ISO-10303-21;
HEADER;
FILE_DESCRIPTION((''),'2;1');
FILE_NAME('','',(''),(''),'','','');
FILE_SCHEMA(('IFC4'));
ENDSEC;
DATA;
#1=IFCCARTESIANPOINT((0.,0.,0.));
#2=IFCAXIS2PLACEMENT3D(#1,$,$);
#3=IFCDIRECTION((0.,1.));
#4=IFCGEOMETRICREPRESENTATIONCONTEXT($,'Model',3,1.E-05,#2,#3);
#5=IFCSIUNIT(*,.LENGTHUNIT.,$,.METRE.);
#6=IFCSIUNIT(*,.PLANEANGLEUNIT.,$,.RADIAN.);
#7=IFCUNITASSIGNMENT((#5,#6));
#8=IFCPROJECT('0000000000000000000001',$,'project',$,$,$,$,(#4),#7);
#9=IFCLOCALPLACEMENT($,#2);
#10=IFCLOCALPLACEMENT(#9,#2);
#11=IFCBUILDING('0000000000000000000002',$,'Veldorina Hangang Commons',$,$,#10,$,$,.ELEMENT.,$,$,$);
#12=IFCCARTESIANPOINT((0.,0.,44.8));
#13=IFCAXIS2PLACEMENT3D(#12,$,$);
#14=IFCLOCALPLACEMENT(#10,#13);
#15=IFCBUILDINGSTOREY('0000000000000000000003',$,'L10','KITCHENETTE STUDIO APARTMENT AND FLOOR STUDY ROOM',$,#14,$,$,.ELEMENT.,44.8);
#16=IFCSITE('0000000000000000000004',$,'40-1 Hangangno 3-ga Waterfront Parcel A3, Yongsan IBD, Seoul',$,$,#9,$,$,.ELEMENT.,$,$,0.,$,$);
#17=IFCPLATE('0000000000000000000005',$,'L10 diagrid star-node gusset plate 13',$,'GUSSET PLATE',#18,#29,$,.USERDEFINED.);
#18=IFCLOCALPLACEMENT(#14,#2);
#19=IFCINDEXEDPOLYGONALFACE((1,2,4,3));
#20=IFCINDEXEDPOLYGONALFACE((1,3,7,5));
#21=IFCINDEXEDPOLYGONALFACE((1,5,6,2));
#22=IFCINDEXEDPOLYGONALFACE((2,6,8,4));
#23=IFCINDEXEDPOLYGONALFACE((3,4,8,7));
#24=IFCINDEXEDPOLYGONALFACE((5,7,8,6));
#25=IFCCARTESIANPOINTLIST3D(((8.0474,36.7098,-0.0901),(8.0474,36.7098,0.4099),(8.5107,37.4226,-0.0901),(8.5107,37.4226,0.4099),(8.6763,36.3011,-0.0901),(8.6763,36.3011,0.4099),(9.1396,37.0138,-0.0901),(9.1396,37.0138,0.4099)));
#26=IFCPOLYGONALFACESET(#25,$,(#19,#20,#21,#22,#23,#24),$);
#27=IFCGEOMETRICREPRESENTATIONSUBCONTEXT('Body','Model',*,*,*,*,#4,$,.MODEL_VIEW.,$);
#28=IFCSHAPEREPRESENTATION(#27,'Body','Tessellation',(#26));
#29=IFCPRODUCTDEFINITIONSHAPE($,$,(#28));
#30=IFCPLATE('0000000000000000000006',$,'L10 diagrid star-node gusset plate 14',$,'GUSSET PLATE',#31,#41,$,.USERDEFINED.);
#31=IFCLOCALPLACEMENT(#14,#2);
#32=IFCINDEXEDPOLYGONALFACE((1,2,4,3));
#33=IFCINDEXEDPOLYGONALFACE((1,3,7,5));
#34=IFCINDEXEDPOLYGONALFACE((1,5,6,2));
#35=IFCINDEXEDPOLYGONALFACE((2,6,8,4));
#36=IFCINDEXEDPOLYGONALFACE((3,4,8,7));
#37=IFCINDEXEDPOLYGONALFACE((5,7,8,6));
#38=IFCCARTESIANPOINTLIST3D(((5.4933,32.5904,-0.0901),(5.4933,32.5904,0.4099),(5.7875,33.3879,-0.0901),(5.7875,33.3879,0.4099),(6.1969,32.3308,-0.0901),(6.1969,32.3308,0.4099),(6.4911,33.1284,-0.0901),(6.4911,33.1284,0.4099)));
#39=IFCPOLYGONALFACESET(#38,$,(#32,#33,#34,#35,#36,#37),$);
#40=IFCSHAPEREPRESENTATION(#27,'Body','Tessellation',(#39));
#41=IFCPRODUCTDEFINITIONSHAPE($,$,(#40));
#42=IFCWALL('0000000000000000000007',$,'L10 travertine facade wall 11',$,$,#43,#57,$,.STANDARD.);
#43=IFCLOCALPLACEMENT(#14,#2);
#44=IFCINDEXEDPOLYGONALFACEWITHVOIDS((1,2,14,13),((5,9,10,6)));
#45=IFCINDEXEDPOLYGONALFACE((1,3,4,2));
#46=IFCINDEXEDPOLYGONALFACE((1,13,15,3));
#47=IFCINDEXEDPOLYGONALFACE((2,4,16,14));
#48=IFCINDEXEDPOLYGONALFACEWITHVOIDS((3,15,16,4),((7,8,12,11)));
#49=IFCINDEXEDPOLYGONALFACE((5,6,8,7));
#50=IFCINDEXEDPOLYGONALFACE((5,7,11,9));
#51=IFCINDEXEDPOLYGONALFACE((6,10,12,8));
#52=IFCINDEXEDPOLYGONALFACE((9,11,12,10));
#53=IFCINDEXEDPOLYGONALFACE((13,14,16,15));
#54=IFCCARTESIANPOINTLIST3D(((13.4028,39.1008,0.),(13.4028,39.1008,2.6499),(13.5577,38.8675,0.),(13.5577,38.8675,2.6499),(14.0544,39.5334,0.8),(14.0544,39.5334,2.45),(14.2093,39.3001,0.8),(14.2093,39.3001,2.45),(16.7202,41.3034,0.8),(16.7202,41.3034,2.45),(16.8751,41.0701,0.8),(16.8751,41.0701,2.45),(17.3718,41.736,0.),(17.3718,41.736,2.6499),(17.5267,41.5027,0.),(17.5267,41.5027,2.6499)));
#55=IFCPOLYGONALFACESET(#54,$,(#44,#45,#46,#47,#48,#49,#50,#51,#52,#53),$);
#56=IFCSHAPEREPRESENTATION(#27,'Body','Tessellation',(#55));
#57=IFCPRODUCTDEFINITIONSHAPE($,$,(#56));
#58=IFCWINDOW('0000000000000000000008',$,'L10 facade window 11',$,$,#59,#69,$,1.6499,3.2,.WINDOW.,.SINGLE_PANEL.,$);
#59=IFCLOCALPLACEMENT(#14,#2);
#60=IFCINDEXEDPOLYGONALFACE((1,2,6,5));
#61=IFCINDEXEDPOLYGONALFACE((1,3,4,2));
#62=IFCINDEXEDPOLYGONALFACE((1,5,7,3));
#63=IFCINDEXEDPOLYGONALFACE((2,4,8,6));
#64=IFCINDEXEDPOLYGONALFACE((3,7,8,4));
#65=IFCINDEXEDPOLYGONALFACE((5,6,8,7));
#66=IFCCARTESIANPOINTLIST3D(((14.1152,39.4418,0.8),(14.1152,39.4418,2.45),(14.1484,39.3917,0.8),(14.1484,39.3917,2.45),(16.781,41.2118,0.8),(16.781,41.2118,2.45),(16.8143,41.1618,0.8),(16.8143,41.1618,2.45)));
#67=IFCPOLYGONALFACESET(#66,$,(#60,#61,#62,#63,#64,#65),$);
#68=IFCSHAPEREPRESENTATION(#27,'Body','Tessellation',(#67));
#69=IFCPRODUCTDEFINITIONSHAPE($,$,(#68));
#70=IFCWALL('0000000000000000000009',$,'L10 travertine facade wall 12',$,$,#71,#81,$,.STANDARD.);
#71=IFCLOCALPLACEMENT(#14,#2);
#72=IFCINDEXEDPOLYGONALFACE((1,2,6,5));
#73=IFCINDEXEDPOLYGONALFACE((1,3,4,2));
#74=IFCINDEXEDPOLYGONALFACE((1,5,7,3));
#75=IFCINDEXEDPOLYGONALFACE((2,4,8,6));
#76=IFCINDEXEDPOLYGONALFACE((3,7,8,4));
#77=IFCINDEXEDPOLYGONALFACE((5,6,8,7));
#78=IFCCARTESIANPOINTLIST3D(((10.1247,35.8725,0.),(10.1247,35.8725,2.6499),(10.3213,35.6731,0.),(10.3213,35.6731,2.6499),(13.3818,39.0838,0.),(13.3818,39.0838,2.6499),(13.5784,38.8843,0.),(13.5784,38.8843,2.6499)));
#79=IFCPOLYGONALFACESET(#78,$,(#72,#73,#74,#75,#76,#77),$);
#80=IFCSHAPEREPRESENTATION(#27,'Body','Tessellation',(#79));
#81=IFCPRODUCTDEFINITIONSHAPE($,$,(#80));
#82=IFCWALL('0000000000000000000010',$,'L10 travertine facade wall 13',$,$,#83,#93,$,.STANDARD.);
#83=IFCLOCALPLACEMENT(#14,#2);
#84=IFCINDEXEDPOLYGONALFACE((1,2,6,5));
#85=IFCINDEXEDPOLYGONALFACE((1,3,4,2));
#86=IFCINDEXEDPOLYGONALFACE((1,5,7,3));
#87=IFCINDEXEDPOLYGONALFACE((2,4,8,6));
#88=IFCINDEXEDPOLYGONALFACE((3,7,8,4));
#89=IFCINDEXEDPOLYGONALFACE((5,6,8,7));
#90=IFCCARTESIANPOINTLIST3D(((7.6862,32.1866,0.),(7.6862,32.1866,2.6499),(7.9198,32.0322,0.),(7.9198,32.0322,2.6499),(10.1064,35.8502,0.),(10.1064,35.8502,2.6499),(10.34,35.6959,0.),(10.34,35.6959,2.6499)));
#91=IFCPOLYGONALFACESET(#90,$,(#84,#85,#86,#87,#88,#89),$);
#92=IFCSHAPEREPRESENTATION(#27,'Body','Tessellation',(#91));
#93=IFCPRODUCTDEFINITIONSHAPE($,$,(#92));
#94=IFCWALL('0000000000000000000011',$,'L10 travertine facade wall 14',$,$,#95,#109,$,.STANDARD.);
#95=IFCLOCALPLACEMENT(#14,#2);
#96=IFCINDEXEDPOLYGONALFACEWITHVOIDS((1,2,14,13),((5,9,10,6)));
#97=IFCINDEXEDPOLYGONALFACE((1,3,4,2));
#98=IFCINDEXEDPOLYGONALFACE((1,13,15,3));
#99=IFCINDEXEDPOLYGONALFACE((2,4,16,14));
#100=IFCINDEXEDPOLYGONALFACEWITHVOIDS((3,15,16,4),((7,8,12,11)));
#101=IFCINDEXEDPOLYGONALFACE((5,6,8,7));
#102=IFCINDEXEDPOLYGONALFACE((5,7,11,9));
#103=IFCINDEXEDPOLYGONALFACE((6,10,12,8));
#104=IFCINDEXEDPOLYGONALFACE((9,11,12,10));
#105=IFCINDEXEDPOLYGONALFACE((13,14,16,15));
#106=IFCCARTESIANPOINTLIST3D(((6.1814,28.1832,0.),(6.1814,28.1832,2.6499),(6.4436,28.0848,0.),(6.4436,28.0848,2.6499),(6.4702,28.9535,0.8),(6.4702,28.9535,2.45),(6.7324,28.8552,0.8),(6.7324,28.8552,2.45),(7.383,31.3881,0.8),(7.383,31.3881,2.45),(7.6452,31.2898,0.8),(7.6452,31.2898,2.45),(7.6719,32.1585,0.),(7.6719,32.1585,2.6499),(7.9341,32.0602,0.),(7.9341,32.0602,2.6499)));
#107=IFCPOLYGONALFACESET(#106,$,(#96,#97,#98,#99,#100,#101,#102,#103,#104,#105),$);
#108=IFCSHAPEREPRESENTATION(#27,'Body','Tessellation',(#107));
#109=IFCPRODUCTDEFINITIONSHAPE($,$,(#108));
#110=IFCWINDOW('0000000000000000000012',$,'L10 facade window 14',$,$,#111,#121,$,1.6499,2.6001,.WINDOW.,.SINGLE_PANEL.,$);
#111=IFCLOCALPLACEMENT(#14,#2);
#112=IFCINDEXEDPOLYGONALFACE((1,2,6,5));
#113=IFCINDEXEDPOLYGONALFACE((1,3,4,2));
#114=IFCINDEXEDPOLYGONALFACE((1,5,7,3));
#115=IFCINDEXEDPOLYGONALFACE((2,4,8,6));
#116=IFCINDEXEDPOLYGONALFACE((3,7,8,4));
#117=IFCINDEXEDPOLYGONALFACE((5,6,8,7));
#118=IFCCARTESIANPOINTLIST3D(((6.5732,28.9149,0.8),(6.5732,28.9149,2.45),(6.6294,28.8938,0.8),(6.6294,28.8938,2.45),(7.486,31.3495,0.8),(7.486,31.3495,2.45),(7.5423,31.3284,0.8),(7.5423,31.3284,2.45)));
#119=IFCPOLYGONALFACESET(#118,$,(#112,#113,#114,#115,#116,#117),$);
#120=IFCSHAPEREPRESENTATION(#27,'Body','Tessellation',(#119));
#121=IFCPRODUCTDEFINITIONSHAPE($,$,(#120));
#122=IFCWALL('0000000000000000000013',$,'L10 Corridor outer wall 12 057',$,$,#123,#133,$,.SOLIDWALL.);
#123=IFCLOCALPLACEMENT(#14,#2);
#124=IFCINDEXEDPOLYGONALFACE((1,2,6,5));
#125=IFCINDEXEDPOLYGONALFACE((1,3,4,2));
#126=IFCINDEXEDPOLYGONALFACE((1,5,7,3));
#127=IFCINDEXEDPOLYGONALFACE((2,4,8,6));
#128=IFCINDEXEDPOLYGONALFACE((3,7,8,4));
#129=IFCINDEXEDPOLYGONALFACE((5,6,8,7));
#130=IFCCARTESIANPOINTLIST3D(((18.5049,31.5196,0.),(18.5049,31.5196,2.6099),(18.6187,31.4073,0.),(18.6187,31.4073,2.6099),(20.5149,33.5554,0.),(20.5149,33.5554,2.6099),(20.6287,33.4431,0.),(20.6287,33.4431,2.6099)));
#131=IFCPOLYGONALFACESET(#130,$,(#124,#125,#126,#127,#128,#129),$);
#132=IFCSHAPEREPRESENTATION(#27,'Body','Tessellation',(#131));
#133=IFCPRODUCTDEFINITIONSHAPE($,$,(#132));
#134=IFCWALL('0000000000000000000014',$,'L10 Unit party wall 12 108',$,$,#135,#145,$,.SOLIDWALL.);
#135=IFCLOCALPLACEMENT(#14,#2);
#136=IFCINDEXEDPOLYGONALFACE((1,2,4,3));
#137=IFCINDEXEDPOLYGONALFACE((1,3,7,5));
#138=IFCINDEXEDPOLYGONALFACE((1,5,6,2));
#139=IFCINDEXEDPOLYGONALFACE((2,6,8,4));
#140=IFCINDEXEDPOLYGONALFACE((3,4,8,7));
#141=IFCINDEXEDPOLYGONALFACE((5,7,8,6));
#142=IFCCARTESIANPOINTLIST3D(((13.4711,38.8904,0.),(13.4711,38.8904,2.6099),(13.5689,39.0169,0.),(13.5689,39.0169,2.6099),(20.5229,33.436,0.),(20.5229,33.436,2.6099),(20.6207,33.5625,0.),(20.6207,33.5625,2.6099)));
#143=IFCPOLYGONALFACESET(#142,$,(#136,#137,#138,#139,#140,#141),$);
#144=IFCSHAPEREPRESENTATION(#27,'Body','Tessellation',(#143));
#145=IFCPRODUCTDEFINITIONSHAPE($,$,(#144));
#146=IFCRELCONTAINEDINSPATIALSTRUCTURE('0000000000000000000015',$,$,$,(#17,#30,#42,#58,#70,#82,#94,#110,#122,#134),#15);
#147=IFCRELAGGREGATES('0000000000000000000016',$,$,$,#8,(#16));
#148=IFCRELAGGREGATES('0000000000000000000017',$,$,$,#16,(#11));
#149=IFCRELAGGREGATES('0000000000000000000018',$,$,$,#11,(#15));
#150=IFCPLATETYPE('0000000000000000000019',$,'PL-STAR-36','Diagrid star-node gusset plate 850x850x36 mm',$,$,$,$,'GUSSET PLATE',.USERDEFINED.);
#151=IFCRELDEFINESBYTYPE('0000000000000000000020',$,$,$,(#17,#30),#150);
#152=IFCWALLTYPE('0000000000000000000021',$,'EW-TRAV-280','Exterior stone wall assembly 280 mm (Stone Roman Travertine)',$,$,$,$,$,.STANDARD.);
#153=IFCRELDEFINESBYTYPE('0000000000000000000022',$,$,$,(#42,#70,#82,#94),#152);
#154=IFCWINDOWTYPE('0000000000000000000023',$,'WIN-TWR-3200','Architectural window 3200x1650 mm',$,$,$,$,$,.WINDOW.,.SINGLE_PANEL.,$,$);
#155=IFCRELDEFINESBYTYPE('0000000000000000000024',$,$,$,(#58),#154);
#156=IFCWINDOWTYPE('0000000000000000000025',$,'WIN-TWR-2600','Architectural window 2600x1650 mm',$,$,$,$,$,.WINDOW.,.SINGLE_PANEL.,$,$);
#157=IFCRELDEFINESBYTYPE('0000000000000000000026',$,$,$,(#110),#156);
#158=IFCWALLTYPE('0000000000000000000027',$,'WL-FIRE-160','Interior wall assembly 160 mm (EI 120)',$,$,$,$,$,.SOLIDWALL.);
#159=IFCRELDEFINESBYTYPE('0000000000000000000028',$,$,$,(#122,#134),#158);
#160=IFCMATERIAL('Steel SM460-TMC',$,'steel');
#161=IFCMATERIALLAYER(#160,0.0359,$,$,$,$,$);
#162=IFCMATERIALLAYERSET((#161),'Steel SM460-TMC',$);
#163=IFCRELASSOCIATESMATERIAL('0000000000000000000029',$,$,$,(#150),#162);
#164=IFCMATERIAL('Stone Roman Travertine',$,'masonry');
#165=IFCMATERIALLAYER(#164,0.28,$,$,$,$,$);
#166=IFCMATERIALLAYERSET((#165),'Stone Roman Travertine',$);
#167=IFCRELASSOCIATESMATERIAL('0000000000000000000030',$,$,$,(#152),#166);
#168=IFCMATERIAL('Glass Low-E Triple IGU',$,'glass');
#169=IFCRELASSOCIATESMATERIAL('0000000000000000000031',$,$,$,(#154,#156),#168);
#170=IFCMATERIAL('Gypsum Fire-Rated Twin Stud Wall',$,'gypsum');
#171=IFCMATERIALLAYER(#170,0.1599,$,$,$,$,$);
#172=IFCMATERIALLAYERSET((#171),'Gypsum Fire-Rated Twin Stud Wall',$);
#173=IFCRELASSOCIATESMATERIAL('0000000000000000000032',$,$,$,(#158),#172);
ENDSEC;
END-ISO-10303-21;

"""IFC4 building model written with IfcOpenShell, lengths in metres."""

from ifc_helpers import new_model, si_unit, direction, frame, frame_2d, origin, origin_2d, place, context, subcontext, project, spatial, rectangle, extrude, material, layer, layer_set, type_object, element, fill, save


model = new_model("IFC4")

# Units and contexts
model_context = context("Model", 3, precision=1e-05, world=origin(), true_north=direction((0.0, 1.0)))
body_context = subcontext(model_context, "Body", "Model", "MODEL_VIEW")
ifc_project = project(units=[si_unit("LENGTHUNIT", "METRE"), si_unit("PLANEANGLEUNIT", "RADIAN")], contexts=[model_context])

# Site, building, storey
site_placement = place(None, origin())
site = spatial("IfcSite", under=ifc_project, at=site_placement, Name="40-1 Hangangno 3-ga Waterfront Parcel A3, Yongsan IBD, Seoul", CompositionType="ELEMENT", RefElevation=0.0)
building_placement = place(site_placement, origin())
building = spatial("IfcBuilding", under=site, at=building_placement, Name="Veldorina Hangang Commons", CompositionType="ELEMENT")
storey_placement = place(building_placement, frame((0.0, 0.0, 44.8)))
storey = spatial("IfcBuildingStorey", under=building, at=storey_placement, Name="L10", Description="KITCHENETTE STUDIO APARTMENT AND FLOOR STUDY ROOM", CompositionType="ELEMENT", Elevation=44.8)

# Shared definitions
ifc_material_1 = material(Name="Steel SM460-TMC", Category="steel")

# Plates
ifc_layer_1 = layer(ifc_material_1, 0.0359)
ifc_layer_set_1 = layer_set([ifc_layer_1], Name="Steel SM460-TMC")
plate_type = type_object("IfcPlateType", Name="PL-STAR-36", Description="Diagrid star-node gusset plate 850x850x36 mm", ElementType="GUSSET PLATE", PredefinedType="USERDEFINED", material=ifc_layer_set_1)
for number, where, z_axis, x_axis, name in (
    (1, (8.5935, 36.8618, -0.0901), (0.0, 0.0, 1.0), (-0.544961, -0.838461, 0.0), "L10 diagrid star-node gusset plate 13"),
    (2, (5.9922, 32.8594, -0.0901), (0.0, 0.0, 1.0), (-0.346084, -0.938203, 0.0), "L10 diagrid star-node gusset plate 14"),
):
    element("IfcPlate", number, at=place(storey_placement, frame(where, z_axis=z_axis, x_axis=x_axis)), inside=storey, type_object=plate_type, Name=name, ObjectType="GUSSET PLATE", PredefinedType="USERDEFINED", context=body_context, shape_type="SweptSolid", body=[
        extrude(rectangle(XDim=0.8501, YDim=0.75, at=origin_2d()), origin(), (0.0, 0.0, 1.0), 0.5),
    ])

# Wall, opening, window
ifc_material_2 = material(Name="Stone Roman Travertine", Category="masonry")
ifc_layer_2 = layer(ifc_material_2, 0.28)
ifc_layer_set_2 = layer_set([ifc_layer_2], Name="Stone Roman Travertine")
wall_type_1 = type_object("IfcWallType", Name="EW-TRAV-280", Description="Exterior stone wall assembly 280 mm (Stone Roman Travertine)", PredefinedType="STANDARD", material=ifc_layer_set_2)
wall_1_placement = place(storey_placement, frame((17.4492, 41.6194, 0.0), z_axis=(0.0, 0.0, 1.0), x_axis=(-0.833089, -0.553138, 0.0)))
wall_1 = element("IfcWall", 3, at=wall_1_placement, inside=storey, type_object=wall_type_1, Name="L10 travertine facade wall 11", PredefinedType="STANDARD", context=body_context, shape_type="SweptSolid", body=[
    extrude(rectangle(XDim=4.7642, YDim=0.28, at=frame_2d((2.3821, 0.0))), origin(), (0.0, 0.0, 1.0), 2.6499),
])
opening_1_placement = place(wall_1_placement, frame((0.782, 0.0, 0.8)))
opening_1 = element("IfcOpeningElement", 4, at=opening_1_placement, cuts=wall_1, PredefinedType="OPENING", context=body_context, shape_type="SweptSolid", body=[
    extrude(rectangle(XDim=3.2, YDim=1.6499, at=frame_2d((1.6001, 0.825))), frame((0.0, 0.1499, 0.0), z_axis=(0.0, -1.0, 0.0), x_axis=(1.0, 0.0, 0.0)), (0.0, 0.0, 1.0), 0.3),
])
ifc_material_3 = material(Name="Glass Low-E Triple IGU", Category="glass")
window_type_1 = type_object("IfcWindowType", Name="WIN-TWR-3200", Description="Architectural window 3200x1650 mm", PartitioningType="SINGLE_PANEL", PredefinedType="WINDOW", material=ifc_material_3)
window_1_placement = place(opening_1_placement, origin())
window_1 = element("IfcWindow", 5, at=window_1_placement, inside=storey, type_object=window_type_1, Name="L10 facade window 11", OverallHeight=1.6499, OverallWidth=3.2, PartitioningType="SINGLE_PANEL", PredefinedType="WINDOW", context=body_context, shape_type="SweptSolid", body=[
    extrude(rectangle(XDim=3.2, YDim=1.6499, at=frame_2d((1.6001, 0.825))), frame((0.0, 0.03, 0.0), z_axis=(0.0, -1.0, 0.0), x_axis=(1.0, 0.0, 0.0)), (0.0, 0.0, 1.0), 0.0601),
])
fill(opening_1, window_1)

# Walls
wall_2_placement = place(storey_placement, frame((13.4802, 38.9841, 0.0), z_axis=(0.0, 0.0, 1.0), x_axis=(-0.712106, -0.702072, 0.0)))
element("IfcWall", 6, at=wall_2_placement, inside=storey, type_object=wall_type_1, Name="L10 travertine facade wall 12", PredefinedType="STANDARD", context=body_context, shape_type="SweptSolid", body=[
    extrude(rectangle(XDim=4.574, YDim=0.28, at=frame_2d((2.2871, 0.0))), origin(), (0.0, 0.0, 1.0), 2.6499),
])
wall_3_placement = place(storey_placement, frame((10.2231, 35.7729, 0.0), z_axis=(0.0, 0.0, 1.0), x_axis=(-0.551192, -0.834378, 0.0)))
element("IfcWall", 7, at=wall_3_placement, inside=storey, type_object=wall_type_1, Name="L10 travertine facade wall 13", PredefinedType="STANDARD", context=body_context, shape_type="SweptSolid", body=[
    extrude(rectangle(XDim=4.3909, YDim=0.28, at=frame_2d((2.1953, 0.0))), origin(), (0.0, 0.0, 1.0), 2.6499),
])

# Wall, opening, window
wall_4_placement = place(storey_placement, frame((7.803, 32.1094, 0.0), z_axis=(0.0, 0.0, 1.0), x_axis=(-0.351067, -0.93635, 0.0)))
wall_4 = element("IfcWall", 8, at=wall_4_placement, inside=storey, type_object=wall_type_1, Name="L10 travertine facade wall 14", PredefinedType="STANDARD", context=body_context, shape_type="SweptSolid", body=[
    extrude(rectangle(XDim=4.2456, YDim=0.28, at=frame_2d((2.1228, 0.0))), origin(), (0.0, 0.0, 1.0), 2.6499),
])
opening_2_placement = place(wall_4_placement, frame((0.8228, 0.0, 0.8)))
opening_2 = element("IfcOpeningElement", 9, at=opening_2_placement, cuts=wall_4, PredefinedType="OPENING", context=body_context, shape_type="SweptSolid", body=[
    extrude(rectangle(XDim=2.6001, YDim=1.6499, at=frame_2d((1.3, 0.825))), frame((0.0, 0.1499, 0.0), z_axis=(0.0, -1.0, 0.0), x_axis=(1.0, 0.0, 0.0)), (0.0, 0.0, 1.0), 0.3),
])
window_type_2 = type_object("IfcWindowType", Name="WIN-TWR-2600", Description="Architectural window 2600x1650 mm", PartitioningType="SINGLE_PANEL", PredefinedType="WINDOW", material=ifc_material_3)
window_2_placement = place(opening_2_placement, origin())
window_2 = element("IfcWindow", 10, at=window_2_placement, inside=storey, type_object=window_type_2, Name="L10 facade window 14", OverallHeight=1.6499, OverallWidth=2.6001, PartitioningType="SINGLE_PANEL", PredefinedType="WINDOW", context=body_context, shape_type="SweptSolid", body=[
    extrude(rectangle(XDim=2.6001, YDim=1.6499, at=frame_2d((1.3, 0.825))), frame((0.0, 0.03, 0.0), z_axis=(0.0, -1.0, 0.0), x_axis=(1.0, 0.0, 0.0)), (0.0, 0.0, 1.0), 0.0601),
])
fill(opening_2, window_2)

# Walls
ifc_material_4 = material(Name="Gypsum Fire-Rated Twin Stud Wall", Category="gypsum")
ifc_layer_3 = layer(ifc_material_4, 0.1599)
ifc_layer_set_3 = layer_set([ifc_layer_3], Name="Gypsum Fire-Rated Twin Stud Wall")
wall_type_2 = type_object("IfcWallType", Name="WL-FIRE-160", Description="Interior wall assembly 160 mm (EI 120)", PredefinedType="SOLIDWALL", material=ifc_layer_set_3)
wall_5_placement = place(storey_placement, frame((20.5718, 33.4993, 0.0), z_axis=(0.0, 0.0, 1.0), x_axis=(-0.70257, -0.711615, 0.0)))
element("IfcWall", 11, at=wall_5_placement, inside=storey, type_object=wall_type_2, Name="L10 Corridor outer wall 12 057", PredefinedType="SOLIDWALL", context=body_context, shape_type="SweptSolid", body=[
    extrude(rectangle(XDim=2.8608, YDim=0.1599, at=frame_2d((1.4304, 0.0))), origin(), (0.0, 0.0, 1.0), 2.6099),
])
wall_6_placement = place(storey_placement, frame((20.5718, 33.4993, 0.0), z_axis=(0.0, 0.0, 1.0), x_axis=(-0.790999, 0.611817, 0.0)))
element("IfcWall", 12, at=wall_6_placement, inside=storey, type_object=wall_type_2, Name="L10 Unit party wall 12 108", PredefinedType="SOLIDWALL", context=body_context, shape_type="SweptSolid", body=[
    extrude(rectangle(XDim=8.915, YDim=0.1599, at=frame_2d((4.4575, 0.0))), origin(), (0.0, 0.0, 1.0), 2.6099),
])

save(model, "model.ifc")
